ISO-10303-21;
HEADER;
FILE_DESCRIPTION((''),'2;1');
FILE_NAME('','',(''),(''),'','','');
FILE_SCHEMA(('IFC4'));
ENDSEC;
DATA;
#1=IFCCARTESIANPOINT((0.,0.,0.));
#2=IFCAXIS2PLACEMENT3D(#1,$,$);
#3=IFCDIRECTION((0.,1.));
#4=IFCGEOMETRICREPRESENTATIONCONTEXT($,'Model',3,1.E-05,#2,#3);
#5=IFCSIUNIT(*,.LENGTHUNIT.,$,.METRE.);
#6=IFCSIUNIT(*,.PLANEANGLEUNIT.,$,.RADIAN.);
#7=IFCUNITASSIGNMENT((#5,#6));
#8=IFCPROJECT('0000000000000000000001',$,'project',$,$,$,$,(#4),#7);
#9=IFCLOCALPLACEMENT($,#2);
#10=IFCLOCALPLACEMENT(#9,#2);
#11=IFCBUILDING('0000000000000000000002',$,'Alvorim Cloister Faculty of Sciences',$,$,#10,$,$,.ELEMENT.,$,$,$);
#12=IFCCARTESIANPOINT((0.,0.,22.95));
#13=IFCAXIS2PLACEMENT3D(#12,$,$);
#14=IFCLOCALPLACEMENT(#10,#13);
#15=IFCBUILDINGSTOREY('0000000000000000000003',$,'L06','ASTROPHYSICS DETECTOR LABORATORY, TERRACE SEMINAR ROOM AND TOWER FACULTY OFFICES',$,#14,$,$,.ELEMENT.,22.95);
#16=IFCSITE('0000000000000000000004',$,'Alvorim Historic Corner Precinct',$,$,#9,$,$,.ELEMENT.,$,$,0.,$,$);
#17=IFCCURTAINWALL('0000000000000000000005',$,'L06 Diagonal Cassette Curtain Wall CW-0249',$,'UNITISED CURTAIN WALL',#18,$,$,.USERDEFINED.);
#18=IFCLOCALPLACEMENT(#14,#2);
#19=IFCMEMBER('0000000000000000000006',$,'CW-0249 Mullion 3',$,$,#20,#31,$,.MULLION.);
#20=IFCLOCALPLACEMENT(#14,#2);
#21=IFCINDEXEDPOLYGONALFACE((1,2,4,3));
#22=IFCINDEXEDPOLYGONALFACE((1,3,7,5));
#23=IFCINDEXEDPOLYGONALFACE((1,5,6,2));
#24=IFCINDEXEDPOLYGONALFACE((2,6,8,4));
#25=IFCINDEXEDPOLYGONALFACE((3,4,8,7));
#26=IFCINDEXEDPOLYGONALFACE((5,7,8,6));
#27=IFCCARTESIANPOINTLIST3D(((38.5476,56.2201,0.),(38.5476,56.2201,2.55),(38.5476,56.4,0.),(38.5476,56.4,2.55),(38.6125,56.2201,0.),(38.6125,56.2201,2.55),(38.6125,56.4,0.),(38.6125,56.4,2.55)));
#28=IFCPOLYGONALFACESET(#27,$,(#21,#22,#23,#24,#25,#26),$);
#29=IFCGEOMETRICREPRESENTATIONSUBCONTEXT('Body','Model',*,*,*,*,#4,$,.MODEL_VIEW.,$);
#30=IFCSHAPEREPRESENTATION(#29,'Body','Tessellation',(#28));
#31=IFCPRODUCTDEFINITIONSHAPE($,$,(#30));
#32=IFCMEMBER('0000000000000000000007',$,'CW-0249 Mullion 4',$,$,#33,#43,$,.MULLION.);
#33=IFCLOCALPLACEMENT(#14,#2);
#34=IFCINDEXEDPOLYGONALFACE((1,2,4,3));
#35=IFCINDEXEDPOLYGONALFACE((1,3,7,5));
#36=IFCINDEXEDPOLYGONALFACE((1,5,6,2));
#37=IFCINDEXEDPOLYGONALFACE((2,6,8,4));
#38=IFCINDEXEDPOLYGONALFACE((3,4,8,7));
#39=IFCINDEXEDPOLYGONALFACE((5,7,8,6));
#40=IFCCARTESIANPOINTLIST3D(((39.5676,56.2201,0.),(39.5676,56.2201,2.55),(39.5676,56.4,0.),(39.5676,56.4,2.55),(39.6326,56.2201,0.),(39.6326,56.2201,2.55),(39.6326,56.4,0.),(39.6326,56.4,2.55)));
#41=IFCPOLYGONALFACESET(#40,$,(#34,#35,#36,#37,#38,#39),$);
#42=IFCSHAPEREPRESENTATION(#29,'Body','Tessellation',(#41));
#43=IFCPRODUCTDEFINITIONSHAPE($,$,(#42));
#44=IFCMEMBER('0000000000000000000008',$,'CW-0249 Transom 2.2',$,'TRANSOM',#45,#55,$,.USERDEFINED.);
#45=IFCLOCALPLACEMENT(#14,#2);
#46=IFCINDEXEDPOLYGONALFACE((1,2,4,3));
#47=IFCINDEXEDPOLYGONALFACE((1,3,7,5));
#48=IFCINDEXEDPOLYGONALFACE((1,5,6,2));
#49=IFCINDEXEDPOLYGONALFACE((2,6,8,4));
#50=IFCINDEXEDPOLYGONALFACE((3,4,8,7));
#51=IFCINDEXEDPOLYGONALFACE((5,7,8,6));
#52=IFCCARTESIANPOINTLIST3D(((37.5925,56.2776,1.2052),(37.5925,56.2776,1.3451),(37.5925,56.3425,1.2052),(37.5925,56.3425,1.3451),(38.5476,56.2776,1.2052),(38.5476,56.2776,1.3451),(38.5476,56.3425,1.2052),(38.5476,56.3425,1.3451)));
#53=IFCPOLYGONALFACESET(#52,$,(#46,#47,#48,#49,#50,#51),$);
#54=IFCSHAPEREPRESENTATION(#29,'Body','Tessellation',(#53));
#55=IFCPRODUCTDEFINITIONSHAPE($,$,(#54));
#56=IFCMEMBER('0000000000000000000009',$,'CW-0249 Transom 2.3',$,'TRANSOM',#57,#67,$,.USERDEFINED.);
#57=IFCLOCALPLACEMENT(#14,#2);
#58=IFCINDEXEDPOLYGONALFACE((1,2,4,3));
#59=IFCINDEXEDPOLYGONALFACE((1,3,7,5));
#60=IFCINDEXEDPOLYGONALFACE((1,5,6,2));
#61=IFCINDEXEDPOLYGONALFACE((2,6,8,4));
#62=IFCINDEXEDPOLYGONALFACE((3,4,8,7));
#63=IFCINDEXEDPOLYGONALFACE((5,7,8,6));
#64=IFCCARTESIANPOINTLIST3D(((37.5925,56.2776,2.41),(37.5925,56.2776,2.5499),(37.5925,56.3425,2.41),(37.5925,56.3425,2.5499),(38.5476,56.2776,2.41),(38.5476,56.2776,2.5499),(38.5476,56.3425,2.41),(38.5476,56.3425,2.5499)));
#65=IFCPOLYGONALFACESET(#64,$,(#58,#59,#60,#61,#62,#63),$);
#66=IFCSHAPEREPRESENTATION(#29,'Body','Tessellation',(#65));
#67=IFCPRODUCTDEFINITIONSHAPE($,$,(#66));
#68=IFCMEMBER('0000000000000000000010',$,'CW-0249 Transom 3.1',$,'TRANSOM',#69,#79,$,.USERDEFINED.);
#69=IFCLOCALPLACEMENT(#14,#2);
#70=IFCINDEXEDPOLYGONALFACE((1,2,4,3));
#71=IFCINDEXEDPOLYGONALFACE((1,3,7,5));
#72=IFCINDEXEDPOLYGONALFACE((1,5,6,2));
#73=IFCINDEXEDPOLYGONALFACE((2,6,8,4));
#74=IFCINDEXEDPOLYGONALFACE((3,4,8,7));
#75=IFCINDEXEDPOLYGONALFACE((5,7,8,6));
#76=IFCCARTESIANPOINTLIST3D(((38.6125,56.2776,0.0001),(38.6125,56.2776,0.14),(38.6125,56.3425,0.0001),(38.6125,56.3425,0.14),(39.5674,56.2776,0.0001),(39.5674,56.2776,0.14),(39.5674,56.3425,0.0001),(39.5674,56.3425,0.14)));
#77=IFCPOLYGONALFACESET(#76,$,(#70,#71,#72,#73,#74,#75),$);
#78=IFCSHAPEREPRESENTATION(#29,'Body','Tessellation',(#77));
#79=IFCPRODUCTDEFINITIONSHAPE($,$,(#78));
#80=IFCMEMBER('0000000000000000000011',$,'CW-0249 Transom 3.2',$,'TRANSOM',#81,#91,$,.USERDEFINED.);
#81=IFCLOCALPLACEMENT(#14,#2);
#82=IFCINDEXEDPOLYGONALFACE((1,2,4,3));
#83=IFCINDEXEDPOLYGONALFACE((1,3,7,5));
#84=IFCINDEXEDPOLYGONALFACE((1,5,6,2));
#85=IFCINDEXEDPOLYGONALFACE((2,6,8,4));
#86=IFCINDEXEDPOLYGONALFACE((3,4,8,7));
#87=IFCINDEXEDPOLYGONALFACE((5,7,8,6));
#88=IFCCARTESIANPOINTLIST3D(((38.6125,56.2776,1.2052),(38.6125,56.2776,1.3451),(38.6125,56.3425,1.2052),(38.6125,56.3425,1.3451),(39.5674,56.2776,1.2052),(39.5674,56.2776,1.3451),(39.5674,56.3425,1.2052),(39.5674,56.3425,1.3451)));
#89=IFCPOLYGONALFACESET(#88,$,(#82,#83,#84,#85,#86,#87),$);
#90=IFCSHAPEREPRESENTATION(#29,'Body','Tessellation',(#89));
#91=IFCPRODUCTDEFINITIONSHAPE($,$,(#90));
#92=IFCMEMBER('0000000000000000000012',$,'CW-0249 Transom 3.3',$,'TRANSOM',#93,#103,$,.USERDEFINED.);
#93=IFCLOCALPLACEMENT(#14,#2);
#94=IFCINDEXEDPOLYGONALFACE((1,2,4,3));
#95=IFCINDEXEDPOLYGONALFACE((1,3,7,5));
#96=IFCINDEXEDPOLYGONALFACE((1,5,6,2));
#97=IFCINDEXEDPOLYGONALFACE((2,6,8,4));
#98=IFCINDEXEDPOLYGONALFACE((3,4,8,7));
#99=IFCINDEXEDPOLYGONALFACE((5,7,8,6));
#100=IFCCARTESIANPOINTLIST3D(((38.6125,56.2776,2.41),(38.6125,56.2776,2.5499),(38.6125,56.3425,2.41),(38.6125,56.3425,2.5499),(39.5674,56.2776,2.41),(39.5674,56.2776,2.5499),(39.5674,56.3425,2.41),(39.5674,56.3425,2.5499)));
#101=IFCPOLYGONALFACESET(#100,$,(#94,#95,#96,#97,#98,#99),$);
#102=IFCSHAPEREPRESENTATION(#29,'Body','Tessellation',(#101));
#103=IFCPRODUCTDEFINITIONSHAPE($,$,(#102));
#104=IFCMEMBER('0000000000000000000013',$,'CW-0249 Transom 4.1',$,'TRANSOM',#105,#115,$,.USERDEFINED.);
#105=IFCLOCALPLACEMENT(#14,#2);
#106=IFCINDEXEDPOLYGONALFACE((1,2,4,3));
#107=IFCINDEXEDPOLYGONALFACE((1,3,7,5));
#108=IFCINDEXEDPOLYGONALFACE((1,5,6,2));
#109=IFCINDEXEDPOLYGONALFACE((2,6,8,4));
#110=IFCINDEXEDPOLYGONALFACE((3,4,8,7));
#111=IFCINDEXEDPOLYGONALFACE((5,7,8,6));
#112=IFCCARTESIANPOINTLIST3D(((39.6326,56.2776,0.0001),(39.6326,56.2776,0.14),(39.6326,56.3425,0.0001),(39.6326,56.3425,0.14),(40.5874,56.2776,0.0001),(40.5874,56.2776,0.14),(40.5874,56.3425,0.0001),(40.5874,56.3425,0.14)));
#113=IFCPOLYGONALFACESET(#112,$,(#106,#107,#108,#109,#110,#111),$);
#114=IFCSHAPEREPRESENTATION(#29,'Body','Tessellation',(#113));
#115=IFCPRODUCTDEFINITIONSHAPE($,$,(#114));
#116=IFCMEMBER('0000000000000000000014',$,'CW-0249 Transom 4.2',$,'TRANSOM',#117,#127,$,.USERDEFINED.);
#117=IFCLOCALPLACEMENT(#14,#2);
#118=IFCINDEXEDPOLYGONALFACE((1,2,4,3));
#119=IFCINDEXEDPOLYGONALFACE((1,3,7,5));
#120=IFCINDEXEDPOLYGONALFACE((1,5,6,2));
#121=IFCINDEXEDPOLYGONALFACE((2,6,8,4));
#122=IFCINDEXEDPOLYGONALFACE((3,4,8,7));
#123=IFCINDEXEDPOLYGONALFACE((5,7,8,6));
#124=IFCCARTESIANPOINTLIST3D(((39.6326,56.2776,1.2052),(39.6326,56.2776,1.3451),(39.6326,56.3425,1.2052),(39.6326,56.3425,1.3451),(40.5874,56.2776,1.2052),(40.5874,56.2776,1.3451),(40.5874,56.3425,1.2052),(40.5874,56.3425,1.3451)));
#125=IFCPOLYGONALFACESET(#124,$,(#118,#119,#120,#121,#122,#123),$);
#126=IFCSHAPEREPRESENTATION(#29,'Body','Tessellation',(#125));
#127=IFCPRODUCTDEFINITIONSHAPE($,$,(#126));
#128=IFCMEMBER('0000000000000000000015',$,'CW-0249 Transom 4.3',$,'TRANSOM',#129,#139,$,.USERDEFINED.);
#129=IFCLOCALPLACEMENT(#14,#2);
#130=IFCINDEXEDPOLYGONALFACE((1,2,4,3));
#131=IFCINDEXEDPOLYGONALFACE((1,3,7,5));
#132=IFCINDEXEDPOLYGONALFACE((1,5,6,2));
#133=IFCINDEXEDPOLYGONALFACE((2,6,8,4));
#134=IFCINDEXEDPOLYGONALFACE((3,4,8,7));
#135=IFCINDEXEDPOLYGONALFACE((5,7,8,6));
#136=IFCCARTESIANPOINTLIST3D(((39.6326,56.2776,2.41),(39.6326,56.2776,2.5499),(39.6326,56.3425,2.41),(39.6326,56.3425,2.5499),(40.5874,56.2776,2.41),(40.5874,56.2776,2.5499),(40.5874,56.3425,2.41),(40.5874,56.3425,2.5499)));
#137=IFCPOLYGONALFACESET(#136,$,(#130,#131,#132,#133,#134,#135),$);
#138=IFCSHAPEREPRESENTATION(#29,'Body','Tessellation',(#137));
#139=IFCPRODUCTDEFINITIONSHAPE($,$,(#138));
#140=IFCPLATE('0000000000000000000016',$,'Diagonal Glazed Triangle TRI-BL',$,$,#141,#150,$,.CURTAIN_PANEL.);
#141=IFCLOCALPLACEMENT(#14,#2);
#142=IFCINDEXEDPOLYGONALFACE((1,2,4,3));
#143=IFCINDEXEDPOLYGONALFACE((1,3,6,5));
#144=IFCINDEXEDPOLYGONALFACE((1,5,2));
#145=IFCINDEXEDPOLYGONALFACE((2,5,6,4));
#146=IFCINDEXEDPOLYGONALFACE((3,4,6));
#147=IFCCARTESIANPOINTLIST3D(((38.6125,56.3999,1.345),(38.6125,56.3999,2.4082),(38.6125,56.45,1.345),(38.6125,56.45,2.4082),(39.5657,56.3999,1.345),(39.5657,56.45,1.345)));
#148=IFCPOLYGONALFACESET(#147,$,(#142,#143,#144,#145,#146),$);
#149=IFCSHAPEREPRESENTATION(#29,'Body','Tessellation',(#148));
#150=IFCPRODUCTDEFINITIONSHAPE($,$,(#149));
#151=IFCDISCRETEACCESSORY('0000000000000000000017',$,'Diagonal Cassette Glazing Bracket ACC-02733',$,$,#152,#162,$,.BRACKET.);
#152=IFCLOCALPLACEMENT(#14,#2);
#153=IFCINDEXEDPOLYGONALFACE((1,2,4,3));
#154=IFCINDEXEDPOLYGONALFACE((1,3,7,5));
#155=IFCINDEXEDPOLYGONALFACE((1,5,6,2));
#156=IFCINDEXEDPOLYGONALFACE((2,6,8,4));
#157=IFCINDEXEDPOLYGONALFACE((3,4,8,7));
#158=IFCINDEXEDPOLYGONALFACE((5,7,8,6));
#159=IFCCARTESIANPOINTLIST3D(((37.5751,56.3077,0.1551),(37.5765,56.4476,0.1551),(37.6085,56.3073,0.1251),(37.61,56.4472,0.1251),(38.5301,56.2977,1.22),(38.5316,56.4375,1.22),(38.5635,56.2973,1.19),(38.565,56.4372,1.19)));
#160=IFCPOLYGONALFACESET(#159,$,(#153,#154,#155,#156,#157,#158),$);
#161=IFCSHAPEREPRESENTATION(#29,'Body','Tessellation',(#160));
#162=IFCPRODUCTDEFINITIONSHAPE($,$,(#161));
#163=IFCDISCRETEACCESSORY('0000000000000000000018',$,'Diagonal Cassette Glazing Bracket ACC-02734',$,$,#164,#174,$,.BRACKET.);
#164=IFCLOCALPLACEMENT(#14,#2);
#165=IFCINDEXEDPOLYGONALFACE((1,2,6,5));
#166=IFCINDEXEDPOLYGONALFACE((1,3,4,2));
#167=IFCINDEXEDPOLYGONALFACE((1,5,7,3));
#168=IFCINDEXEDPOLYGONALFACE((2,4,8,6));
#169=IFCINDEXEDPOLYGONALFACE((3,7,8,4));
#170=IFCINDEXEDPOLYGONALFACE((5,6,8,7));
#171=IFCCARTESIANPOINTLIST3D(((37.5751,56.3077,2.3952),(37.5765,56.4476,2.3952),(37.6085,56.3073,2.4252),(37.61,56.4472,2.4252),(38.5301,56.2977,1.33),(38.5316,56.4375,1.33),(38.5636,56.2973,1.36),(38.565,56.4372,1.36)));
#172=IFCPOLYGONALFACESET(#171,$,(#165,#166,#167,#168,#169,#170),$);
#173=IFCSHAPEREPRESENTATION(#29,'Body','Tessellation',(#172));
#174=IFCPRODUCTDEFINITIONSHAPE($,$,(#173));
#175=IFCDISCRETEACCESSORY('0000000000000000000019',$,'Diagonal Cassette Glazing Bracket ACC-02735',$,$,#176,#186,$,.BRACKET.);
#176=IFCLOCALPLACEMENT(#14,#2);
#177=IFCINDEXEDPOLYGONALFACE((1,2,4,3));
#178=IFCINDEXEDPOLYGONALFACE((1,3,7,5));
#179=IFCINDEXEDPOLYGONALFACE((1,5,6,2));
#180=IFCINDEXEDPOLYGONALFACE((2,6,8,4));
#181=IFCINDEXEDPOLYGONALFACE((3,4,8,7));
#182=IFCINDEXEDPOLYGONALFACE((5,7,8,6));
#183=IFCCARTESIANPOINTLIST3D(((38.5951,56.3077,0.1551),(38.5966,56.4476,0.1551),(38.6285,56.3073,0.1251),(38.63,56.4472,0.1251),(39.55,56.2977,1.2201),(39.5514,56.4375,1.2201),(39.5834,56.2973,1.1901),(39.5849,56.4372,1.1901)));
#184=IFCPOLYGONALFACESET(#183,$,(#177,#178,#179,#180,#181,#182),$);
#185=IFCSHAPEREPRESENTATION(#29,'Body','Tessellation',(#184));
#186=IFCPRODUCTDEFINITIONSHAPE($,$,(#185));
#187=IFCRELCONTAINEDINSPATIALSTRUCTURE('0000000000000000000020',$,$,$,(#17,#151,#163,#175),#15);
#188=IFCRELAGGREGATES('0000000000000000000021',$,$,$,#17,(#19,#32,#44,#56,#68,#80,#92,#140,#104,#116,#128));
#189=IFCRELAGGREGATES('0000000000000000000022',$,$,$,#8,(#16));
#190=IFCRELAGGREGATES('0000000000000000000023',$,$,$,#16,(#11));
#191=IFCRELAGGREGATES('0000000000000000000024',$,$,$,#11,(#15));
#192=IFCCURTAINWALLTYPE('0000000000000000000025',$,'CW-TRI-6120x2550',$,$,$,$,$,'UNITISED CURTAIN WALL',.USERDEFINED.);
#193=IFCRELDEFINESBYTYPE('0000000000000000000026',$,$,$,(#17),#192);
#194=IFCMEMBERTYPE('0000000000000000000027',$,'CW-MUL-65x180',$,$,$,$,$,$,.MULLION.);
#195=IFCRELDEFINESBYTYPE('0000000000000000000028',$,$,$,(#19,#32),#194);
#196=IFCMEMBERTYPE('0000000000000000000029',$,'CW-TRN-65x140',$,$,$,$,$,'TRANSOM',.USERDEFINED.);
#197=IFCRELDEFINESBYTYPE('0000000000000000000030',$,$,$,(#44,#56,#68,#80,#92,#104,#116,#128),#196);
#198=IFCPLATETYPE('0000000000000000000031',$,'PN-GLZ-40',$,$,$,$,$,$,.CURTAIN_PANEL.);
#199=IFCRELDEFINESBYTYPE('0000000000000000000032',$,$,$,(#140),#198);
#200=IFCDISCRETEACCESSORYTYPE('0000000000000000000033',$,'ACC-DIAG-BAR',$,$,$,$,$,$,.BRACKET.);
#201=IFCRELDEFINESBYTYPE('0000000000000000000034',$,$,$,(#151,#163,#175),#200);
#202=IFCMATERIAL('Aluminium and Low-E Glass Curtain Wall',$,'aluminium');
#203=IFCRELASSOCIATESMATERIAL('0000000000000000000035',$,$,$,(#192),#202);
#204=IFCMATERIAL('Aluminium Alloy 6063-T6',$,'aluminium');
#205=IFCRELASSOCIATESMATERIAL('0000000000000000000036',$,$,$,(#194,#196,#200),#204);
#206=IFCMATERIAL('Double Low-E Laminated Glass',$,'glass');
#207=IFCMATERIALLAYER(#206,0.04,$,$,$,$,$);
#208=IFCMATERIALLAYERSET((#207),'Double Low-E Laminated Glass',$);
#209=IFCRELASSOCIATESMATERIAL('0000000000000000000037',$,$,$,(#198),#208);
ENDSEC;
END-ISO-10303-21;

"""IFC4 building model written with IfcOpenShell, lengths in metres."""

from ifc_helpers import new_model, si_unit, direction, frame, origin, origin_2d, place, context, subcontext, project, spatial, polyline, rectangle, outline, extrude, material, layer, layer_set, material_profile, profile_set, type_object, element, aggregate, save


model = new_model("IFC4")

# Units and contexts
model_context = context("Model", 3, precision=1e-05, world=origin(), true_north=direction((0.0, 1.0)))
body_context = subcontext(model_context, "Body", "Model", "MODEL_VIEW")
ifc_project = project(units=[si_unit("LENGTHUNIT", "METRE"), si_unit("PLANEANGLEUNIT", "RADIAN")], contexts=[model_context])

# Site, building, storey
site_placement = place(None, origin())
site = spatial("IfcSite", under=ifc_project, at=site_placement, Name="Alvorim Historic Corner Precinct", CompositionType="ELEMENT", RefElevation=0.0)
building_placement = place(site_placement, origin())
building = spatial("IfcBuilding", under=site, at=building_placement, Name="Alvorim Cloister Faculty of Sciences", CompositionType="ELEMENT")
storey_placement = place(building_placement, frame((0.0, 0.0, 22.95)))
storey = spatial("IfcBuildingStorey", under=building, at=storey_placement, Name="L06", Description="ASTROPHYSICS DETECTOR LABORATORY, TERRACE SEMINAR ROOM AND TOWER FACULTY OFFICES", CompositionType="ELEMENT", Elevation=22.95)

# Curtain wall, members, plate
ifc_material_1 = material(Name="Aluminium and Low-E Glass Curtain Wall", Category="aluminium")
curtain_wall_type = type_object("IfcCurtainWallType", Name="CW-TRI-6120x2550", ElementType="UNITISED CURTAIN WALL", PredefinedType="USERDEFINED", material=ifc_material_1)
curtain_wall_placement = place(storey_placement, origin())
curtain_wall = element("IfcCurtainWall", 1, at=curtain_wall_placement, inside=storey, type_object=curtain_wall_type, Name="L06 Diagonal Cassette Curtain Wall CW-0249", ObjectType="UNITISED CURTAIN WALL", PredefinedType="USERDEFINED")
ifc_material_2 = material(Name="Aluminium Alloy 6063-T6", Category="aluminium")
ifc_material_profile_1 = material_profile(ifc_material_2, rectangle(XDim=0.0649, YDim=0.1799, at=origin_2d()), Name="ALU-MUL-65x180")
ifc_profile_set_1 = profile_set([ifc_material_profile_1], Name="Aluminium Alloy 6063-T6")
member_type_1 = type_object("IfcMemberType", Name="CW-MUL-65x180", PredefinedType="MULLION", material=ifc_profile_set_1)
member_1_placement = place(storey_placement, frame((38.5801, 56.3101, 0.0), z_axis=(0.0, 0.0, 1.0), x_axis=(1.0, 0.0, 0.0)))
member_1 = element("IfcMember", 2, at=member_1_placement, type_object=member_type_1, Name="CW-0249 Mullion 3", PredefinedType="MULLION", context=body_context, shape_type="SweptSolid", body=[
    extrude(rectangle(XDim=0.0649, YDim=0.1799, at=origin_2d()), origin(), (0.0, 0.0, 1.0), 2.55),
])
member_2_placement = place(storey_placement, frame((39.6001, 56.3101, 0.0), z_axis=(0.0, 0.0, 1.0), x_axis=(1.0, 0.0, 0.0)))
member_2 = element("IfcMember", 3, at=member_2_placement, type_object=member_type_1, Name="CW-0249 Mullion 4", PredefinedType="MULLION", context=body_context, shape_type="SweptSolid", body=[
    extrude(rectangle(XDim=0.0649, YDim=0.1799, at=origin_2d()), origin(), (0.0, 0.0, 1.0), 2.55),
])
ifc_material_profile_2 = material_profile(ifc_material_2, rectangle(XDim=0.0649, YDim=0.1399, at=origin_2d()), Name="ALU-TRN-65x140")
ifc_profile_set_2 = profile_set([ifc_material_profile_2], Name="Aluminium Alloy 6063-T6")
member_type_2 = type_object("IfcMemberType", Name="CW-TRN-65x140", ElementType="TRANSOM", PredefinedType="USERDEFINED", material=ifc_profile_set_2)
member_3_placement = place(storey_placement, frame((37.5925, 56.3101, 1.2751), z_axis=(1.0, 0.0, 0.0), x_axis=(0.0, 1.0, 0.0)))
member_3 = element("IfcMember", 4, at=member_3_placement, type_object=member_type_2, Name="CW-0249 Transom 2.2", ObjectType="TRANSOM", PredefinedType="USERDEFINED", context=body_context, shape_type="SweptSolid", body=[
    extrude(rectangle(XDim=0.0649, YDim=0.1399, at=origin_2d()), origin(), (0.0, 0.0, 1.0), 0.9551),
])
member_4_placement = place(storey_placement, frame((37.5925, 56.3101, 2.48), z_axis=(1.0, 0.0, 0.0), x_axis=(0.0, 1.0, 0.0)))
member_4 = element("IfcMember", 5, at=member_4_placement, type_object=member_type_2, Name="CW-0249 Transom 2.3", ObjectType="TRANSOM", PredefinedType="USERDEFINED", context=body_context, shape_type="SweptSolid", body=[
    extrude(rectangle(XDim=0.0649, YDim=0.1399, at=origin_2d()), origin(), (0.0, 0.0, 1.0), 0.9551),
])
member_5_placement = place(storey_placement, frame((38.6125, 56.3101, 0.0701), z_axis=(1.0, 0.0, 0.0), x_axis=(0.0, 1.0, 0.0)))
member_5 = element("IfcMember", 6, at=member_5_placement, type_object=member_type_2, Name="CW-0249 Transom 3.1", ObjectType="TRANSOM", PredefinedType="USERDEFINED", context=body_context, shape_type="SweptSolid", body=[
    extrude(rectangle(XDim=0.0649, YDim=0.1399, at=origin_2d()), origin(), (0.0, 0.0, 1.0), 0.9548),
])
member_6_placement = place(storey_placement, frame((38.6125, 56.3101, 1.2751), z_axis=(1.0, 0.0, 0.0), x_axis=(0.0, 1.0, 0.0)))
member_6 = element("IfcMember", 7, at=member_6_placement, type_object=member_type_2, Name="CW-0249 Transom 3.2", ObjectType="TRANSOM", PredefinedType="USERDEFINED", context=body_context, shape_type="SweptSolid", body=[
    extrude(rectangle(XDim=0.0649, YDim=0.1399, at=origin_2d()), origin(), (0.0, 0.0, 1.0), 0.9548),
])
member_7_placement = place(storey_placement, frame((38.6125, 56.3101, 2.48), z_axis=(1.0, 0.0, 0.0), x_axis=(0.0, 1.0, 0.0)))
member_7 = element("IfcMember", 8, at=member_7_placement, type_object=member_type_2, Name="CW-0249 Transom 3.3", ObjectType="TRANSOM", PredefinedType="USERDEFINED", context=body_context, shape_type="SweptSolid", body=[
    extrude(rectangle(XDim=0.0649, YDim=0.1399, at=origin_2d()), origin(), (0.0, 0.0, 1.0), 0.9548),
])
member_8_placement = place(storey_placement, frame((39.6326, 56.3101, 0.0701), z_axis=(1.0, 0.0, 0.0), x_axis=(0.0, 1.0, 0.0)))
member_8 = element("IfcMember", 9, at=member_8_placement, type_object=member_type_2, Name="CW-0249 Transom 4.1", ObjectType="TRANSOM", PredefinedType="USERDEFINED", context=body_context, shape_type="SweptSolid", body=[
    extrude(rectangle(XDim=0.0649, YDim=0.1399, at=origin_2d()), origin(), (0.0, 0.0, 1.0), 0.9548),
])
member_9_placement = place(storey_placement, frame((39.6326, 56.3101, 1.2751), z_axis=(1.0, 0.0, 0.0), x_axis=(0.0, 1.0, 0.0)))
member_9 = element("IfcMember", 10, at=member_9_placement, type_object=member_type_2, Name="CW-0249 Transom 4.2", ObjectType="TRANSOM", PredefinedType="USERDEFINED", context=body_context, shape_type="SweptSolid", body=[
    extrude(rectangle(XDim=0.0649, YDim=0.1399, at=origin_2d()), origin(), (0.0, 0.0, 1.0), 0.9548),
])
member_10_placement = place(storey_placement, frame((39.6326, 56.3101, 2.48), z_axis=(1.0, 0.0, 0.0), x_axis=(0.0, 1.0, 0.0)))
member_10 = element("IfcMember", 11, at=member_10_placement, type_object=member_type_2, Name="CW-0249 Transom 4.3", ObjectType="TRANSOM", PredefinedType="USERDEFINED", context=body_context, shape_type="SweptSolid", body=[
    extrude(rectangle(XDim=0.0649, YDim=0.1399, at=origin_2d()), origin(), (0.0, 0.0, 1.0), 0.9548),
])
ifc_material_3 = material(Name="Double Low-E Laminated Glass", Category="glass")
ifc_layer = layer(ifc_material_3, 0.04)
ifc_layer_set = layer_set([ifc_layer], Name="Double Low-E Laminated Glass")
plate_type = type_object("IfcPlateType", Name="PN-GLZ-40", PredefinedType="CURTAIN_PANEL", material=ifc_layer_set)
plate_1_placement = place(storey_placement, frame((38.6125, 56.425, 1.345), z_axis=(0.0, 0.0, 1.0), x_axis=(1.0, 0.0, 0.0)))
plate_1 = element("IfcPlate", 12, at=plate_1_placement, type_object=plate_type, Name="Diagonal Glazed Triangle TRI-BL", PredefinedType="CURTAIN_PANEL", context=body_context, shape_type="SweptSolid", body=[
    extrude(outline(polyline([(0.0, 0.0), (0.9531, 0.0), (0.0, 1.0632), (0.0, 0.0)])), frame((0.0, 0.0249, 0.0), z_axis=(0.0, -1.0, 0.0), x_axis=(1.0, 0.0, 0.0)), (0.0, 0.0, 1.0), 0.05),
])
aggregate(curtain_wall, [member_1, member_2, member_3, member_4, member_5, member_6, member_7, plate_1, member_8, member_9, member_10])

# Discrete accessories
discrete_accessory_type = type_object("IfcDiscreteAccessoryType", Name="ACC-DIAG-BAR", PredefinedType="BRACKET", material=ifc_material_2)
discrete_accessory_1_placement = place(storey_placement, frame((37.5925, 56.3774, 0.1401), z_axis=(0.667646, -0.006997, 0.744446), x_axis=(0.01048, 0.999945, 0.0)))
element("IfcDiscreteAccessory", 13, at=discrete_accessory_1_placement, inside=storey, type_object=discrete_accessory_type, Name="Diagonal Cassette Glazing Bracket ACC-02733", PredefinedType="BRACKET", context=body_context, shape_type="SweptSolid", body=[
    extrude(rectangle(XDim=0.1399, YDim=0.0449, at=origin_2d()), origin(), (0.0, 0.0, 1.0), 1.4304),
])
discrete_accessory_2_placement = place(storey_placement, frame((37.5925, 56.3774, 2.4102), z_axis=(0.667561, -0.006996, -0.744522), x_axis=(0.01048, 0.999945, 0.0)))
element("IfcDiscreteAccessory", 14, at=discrete_accessory_2_placement, inside=storey, type_object=discrete_accessory_type, Name="Diagonal Cassette Glazing Bracket ACC-02734", PredefinedType="BRACKET", context=body_context, shape_type="SweptSolid", body=[
    extrude(rectangle(XDim=0.1399, YDim=0.0449, at=origin_2d()), origin(), (0.0, 0.0, 1.0), 1.4307),
])
for number, where, z_axis, x_axis, name in (
    (15, (38.6125, 56.3774, 0.1401), (0.667552, -0.006998, 0.744531), (0.010483, 0.999945, 0.0), "Diagonal Cassette Glazing Bracket ACC-02735"),
):
    element("IfcDiscreteAccessory", number, at=place(storey_placement, frame(where, z_axis=z_axis, x_axis=x_axis)), inside=storey, type_object=discrete_accessory_type, Name=name, PredefinedType="BRACKET", context=body_context, shape_type="SweptSolid", body=[
        extrude(rectangle(XDim=0.1399, YDim=0.0449, at=origin_2d()), origin(), (0.0, 0.0, 1.0), 1.4304),
    ])

save(model, "model.ifc")
